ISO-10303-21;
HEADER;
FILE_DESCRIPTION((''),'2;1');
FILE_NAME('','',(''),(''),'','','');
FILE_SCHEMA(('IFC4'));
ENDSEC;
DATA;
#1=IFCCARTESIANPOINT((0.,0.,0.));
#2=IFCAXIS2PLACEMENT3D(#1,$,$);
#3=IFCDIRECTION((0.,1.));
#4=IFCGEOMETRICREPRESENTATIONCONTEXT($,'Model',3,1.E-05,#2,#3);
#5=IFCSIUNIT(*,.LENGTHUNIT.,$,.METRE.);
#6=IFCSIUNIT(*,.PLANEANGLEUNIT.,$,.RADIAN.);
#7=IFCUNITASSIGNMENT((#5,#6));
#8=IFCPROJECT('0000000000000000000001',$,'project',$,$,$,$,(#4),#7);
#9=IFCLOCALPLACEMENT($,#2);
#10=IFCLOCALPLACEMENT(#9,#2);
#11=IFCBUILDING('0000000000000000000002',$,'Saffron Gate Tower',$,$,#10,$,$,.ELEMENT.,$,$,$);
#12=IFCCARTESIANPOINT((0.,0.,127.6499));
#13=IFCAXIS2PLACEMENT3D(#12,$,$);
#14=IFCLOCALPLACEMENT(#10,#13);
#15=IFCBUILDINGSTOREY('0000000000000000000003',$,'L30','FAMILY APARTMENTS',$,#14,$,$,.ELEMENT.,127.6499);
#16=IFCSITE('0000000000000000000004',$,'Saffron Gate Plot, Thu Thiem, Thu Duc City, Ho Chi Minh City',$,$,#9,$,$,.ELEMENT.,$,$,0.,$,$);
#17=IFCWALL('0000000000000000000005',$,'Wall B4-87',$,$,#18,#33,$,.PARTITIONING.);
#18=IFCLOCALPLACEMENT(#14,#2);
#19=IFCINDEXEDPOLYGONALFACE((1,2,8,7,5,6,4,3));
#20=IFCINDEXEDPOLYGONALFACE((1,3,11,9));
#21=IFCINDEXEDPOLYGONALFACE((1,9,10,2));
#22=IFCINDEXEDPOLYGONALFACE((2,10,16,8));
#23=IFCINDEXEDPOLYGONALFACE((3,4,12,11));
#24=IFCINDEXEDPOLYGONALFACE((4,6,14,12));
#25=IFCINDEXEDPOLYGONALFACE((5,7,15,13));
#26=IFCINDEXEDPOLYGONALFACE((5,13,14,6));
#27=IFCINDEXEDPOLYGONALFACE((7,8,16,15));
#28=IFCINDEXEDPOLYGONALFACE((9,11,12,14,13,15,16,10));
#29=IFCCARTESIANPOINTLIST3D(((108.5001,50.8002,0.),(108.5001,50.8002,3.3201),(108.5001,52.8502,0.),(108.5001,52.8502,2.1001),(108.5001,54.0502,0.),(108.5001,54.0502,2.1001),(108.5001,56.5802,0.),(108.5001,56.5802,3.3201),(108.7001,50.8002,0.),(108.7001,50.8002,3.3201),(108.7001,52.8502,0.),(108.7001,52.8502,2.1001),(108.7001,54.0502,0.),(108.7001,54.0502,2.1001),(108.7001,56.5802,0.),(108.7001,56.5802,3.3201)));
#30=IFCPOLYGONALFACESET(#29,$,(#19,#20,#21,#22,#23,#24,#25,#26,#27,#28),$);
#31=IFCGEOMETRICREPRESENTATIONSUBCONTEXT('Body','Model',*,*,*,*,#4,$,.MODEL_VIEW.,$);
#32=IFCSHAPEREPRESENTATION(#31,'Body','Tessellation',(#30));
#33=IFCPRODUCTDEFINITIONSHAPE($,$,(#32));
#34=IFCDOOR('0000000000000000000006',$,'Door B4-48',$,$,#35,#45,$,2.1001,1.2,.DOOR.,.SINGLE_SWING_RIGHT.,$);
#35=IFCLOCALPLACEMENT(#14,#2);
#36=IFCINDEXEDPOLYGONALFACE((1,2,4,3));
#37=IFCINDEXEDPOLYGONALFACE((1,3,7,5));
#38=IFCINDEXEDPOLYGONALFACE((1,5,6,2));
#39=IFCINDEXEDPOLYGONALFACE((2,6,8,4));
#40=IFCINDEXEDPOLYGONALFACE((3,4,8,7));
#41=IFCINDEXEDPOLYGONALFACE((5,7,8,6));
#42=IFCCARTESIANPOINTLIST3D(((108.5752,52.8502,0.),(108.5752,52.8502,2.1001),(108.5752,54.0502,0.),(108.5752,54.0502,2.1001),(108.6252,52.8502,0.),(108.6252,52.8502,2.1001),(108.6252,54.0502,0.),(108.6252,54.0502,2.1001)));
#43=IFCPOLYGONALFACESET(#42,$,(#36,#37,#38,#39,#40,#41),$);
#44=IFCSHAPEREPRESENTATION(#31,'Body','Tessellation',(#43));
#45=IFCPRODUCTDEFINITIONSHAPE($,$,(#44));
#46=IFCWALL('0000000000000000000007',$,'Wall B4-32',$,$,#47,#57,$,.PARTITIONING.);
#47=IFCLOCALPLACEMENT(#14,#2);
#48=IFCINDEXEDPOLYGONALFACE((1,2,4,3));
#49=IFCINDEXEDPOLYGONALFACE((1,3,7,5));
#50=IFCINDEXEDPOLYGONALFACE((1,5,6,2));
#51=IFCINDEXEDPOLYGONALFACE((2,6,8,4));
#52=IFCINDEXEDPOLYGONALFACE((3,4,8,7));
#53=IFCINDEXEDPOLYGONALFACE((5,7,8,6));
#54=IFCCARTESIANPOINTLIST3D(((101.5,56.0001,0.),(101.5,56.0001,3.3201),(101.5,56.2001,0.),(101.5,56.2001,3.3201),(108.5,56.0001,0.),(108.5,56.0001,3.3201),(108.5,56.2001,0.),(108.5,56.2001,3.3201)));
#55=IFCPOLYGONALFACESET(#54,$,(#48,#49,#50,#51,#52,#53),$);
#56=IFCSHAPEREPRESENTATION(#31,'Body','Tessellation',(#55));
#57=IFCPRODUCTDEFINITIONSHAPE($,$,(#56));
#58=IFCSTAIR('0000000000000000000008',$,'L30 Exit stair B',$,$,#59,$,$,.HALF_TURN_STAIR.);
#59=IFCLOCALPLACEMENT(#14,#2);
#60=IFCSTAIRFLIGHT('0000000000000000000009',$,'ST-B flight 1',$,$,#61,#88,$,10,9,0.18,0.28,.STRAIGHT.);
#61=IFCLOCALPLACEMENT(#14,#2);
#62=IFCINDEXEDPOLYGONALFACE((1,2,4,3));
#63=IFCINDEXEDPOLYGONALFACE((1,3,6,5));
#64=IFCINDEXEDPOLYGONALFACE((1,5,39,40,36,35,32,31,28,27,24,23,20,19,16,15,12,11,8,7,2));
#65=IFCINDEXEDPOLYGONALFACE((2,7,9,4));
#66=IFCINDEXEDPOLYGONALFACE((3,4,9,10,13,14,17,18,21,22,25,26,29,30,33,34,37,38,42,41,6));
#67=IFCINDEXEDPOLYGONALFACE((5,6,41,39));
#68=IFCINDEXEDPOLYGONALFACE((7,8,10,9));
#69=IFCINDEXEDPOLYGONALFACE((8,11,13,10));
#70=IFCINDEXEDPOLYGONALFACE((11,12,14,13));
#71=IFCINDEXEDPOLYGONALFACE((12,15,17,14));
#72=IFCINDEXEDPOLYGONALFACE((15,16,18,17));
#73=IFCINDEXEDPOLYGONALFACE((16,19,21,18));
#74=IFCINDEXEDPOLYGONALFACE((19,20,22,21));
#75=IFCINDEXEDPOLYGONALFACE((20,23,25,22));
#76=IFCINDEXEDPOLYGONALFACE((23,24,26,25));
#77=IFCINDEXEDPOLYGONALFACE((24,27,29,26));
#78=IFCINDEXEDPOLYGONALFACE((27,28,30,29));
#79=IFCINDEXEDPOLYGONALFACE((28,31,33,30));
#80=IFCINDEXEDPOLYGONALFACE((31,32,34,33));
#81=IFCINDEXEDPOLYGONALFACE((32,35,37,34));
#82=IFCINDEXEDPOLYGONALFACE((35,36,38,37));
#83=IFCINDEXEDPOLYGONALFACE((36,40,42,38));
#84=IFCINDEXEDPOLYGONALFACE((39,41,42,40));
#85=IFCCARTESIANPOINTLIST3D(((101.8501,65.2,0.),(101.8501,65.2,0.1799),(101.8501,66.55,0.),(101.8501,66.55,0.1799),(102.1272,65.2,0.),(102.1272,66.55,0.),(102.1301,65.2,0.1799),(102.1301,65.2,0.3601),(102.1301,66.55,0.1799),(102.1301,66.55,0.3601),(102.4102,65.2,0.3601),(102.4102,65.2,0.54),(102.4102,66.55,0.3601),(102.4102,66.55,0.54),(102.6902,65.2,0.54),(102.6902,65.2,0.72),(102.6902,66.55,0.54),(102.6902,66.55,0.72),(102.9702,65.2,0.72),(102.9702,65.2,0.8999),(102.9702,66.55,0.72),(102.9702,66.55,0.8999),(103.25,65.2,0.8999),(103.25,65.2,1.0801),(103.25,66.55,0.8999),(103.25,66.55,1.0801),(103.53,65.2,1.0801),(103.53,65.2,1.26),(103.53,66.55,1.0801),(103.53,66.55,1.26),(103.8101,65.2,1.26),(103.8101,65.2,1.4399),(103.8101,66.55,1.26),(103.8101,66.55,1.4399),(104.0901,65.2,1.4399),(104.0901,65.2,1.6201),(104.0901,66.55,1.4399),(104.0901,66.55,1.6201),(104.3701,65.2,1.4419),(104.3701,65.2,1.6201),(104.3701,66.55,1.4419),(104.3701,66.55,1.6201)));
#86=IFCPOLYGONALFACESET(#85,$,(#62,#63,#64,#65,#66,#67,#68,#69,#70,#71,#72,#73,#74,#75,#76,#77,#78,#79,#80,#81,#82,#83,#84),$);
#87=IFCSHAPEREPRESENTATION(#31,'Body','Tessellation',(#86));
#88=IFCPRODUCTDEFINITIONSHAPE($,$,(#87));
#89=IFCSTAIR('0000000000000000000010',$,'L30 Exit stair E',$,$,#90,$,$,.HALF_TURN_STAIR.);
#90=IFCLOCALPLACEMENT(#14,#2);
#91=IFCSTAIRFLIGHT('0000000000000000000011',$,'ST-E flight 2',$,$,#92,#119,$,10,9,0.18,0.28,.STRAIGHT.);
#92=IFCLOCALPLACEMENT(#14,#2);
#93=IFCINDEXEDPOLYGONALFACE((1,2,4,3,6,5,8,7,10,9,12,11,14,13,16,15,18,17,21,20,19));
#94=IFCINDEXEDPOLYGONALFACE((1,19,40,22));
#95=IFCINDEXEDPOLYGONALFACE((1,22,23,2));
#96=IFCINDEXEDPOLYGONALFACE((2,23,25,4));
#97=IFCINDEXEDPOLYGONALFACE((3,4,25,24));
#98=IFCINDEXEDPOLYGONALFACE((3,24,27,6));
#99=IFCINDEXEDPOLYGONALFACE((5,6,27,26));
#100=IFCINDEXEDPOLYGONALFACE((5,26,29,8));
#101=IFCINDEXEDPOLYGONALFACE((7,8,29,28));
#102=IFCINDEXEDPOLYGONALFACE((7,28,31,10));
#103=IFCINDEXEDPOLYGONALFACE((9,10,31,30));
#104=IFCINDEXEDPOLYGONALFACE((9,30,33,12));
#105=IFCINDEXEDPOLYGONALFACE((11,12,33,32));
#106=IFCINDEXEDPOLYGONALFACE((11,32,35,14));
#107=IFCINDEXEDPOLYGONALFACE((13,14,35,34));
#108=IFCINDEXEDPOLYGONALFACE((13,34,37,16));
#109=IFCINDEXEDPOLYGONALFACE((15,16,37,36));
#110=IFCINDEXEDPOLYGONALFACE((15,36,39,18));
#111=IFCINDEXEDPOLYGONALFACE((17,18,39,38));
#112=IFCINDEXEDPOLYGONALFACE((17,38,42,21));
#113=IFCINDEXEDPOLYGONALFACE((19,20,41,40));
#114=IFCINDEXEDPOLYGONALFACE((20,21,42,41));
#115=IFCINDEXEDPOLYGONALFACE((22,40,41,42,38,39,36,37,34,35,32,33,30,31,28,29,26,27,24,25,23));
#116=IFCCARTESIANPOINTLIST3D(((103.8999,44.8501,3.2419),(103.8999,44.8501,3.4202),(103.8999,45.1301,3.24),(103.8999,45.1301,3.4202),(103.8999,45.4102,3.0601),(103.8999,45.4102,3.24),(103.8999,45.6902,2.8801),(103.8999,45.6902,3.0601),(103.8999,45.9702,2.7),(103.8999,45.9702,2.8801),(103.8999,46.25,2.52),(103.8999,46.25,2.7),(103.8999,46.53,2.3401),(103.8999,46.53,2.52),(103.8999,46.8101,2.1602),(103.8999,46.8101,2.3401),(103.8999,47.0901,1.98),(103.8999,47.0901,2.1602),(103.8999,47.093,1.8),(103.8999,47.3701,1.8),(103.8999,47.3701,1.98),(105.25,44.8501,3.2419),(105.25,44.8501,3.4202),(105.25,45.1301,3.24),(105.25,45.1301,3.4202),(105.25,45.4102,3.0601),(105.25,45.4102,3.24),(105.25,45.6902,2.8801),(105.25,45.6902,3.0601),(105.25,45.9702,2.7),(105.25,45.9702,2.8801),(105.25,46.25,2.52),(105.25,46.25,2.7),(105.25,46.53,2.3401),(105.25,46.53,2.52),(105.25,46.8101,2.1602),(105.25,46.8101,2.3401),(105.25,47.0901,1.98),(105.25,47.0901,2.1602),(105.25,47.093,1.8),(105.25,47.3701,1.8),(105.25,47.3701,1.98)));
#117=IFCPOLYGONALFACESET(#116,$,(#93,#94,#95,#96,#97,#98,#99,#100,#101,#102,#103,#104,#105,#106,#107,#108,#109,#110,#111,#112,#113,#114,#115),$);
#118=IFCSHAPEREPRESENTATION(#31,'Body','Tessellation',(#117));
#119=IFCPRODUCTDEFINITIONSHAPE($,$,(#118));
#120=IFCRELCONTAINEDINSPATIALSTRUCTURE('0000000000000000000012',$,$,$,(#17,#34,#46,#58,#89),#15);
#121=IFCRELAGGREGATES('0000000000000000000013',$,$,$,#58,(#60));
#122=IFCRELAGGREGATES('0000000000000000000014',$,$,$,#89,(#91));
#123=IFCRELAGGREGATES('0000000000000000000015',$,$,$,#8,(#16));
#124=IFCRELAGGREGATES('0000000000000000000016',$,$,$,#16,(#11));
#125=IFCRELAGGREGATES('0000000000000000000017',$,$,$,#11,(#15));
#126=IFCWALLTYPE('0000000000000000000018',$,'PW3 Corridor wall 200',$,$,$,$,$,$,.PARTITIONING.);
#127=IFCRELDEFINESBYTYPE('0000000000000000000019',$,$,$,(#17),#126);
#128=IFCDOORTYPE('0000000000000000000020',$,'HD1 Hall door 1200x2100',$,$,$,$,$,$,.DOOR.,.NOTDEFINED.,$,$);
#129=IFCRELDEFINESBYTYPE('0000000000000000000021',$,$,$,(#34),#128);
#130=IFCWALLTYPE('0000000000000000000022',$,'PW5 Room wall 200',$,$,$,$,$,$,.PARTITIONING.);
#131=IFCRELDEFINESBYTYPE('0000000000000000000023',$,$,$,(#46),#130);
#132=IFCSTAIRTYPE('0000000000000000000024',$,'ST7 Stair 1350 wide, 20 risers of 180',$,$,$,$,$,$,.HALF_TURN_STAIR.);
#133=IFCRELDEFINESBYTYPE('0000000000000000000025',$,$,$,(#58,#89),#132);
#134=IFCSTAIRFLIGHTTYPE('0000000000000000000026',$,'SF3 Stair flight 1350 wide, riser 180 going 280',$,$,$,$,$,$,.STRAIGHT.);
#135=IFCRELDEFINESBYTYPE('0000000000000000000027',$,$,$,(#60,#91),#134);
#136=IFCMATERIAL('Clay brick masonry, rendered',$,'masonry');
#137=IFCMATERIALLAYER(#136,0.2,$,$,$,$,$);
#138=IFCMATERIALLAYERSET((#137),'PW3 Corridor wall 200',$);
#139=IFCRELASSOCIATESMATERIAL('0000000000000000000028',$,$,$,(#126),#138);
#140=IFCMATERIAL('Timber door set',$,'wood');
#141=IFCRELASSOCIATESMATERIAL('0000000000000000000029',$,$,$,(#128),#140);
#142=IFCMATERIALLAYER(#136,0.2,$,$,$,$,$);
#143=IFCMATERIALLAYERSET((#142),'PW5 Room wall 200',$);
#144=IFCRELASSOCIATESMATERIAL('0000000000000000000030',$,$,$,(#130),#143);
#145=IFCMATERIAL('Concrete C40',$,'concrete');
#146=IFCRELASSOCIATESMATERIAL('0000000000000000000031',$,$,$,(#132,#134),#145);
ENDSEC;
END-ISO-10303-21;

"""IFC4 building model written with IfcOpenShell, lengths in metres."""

from ifc_helpers import new_model, si_unit, direction, frame, frame_2d, origin, place, context, subcontext, project, spatial, polyline, rectangle, outline, extrude, material, layer, layer_set, type_object, element, fill, aggregate, save


model = new_model("IFC4")

# Units and contexts
model_context = context("Model", 3, precision=1e-05, world=origin(), true_north=direction((0.0, 1.0)))
body_context = subcontext(model_context, "Body", "Model", "MODEL_VIEW")
ifc_project = project(units=[si_unit("LENGTHUNIT", "METRE"), si_unit("PLANEANGLEUNIT", "RADIAN")], contexts=[model_context])

# Site, building, storey
site_placement = place(None, origin())
site = spatial("IfcSite", under=ifc_project, at=site_placement, Name="Saffron Gate Plot, Thu Thiem, Thu Duc City, Ho Chi Minh City", CompositionType="ELEMENT", RefElevation=0.0)
building_placement = place(site_placement, origin())
building = spatial("IfcBuilding", under=site, at=building_placement, Name="Saffron Gate Tower", CompositionType="ELEMENT")
storey_placement = place(building_placement, frame((0.0, 0.0, 127.6499)))
storey = spatial("IfcBuildingStorey", under=building, at=storey_placement, Name="L30", Description="FAMILY APARTMENTS", CompositionType="ELEMENT", Elevation=127.6499)

# Shared definitions
ifc_material_1 = material(Name="Clay brick masonry, rendered", Category="masonry")
ifc_layer_1 = layer(ifc_material_1, 0.2)
ifc_layer_set_1 = layer_set([ifc_layer_1], Name="PW3 Corridor wall 200")
wall_type_1 = type_object("IfcWallType", Name="PW3 Corridor wall 200", PredefinedType="PARTITIONING", material=ifc_layer_set_1)

# Wall, opening, door
wall_1_placement = place(storey_placement, frame((108.6001, 50.8, 0.0), z_axis=(0.0, 0.0, 1.0), x_axis=(0.0, 1.0, 0.0)))
wall_1 = element("IfcWall", 1, at=wall_1_placement, inside=storey, type_object=wall_type_1, Name="Wall B4-87", PredefinedType="PARTITIONING", context=body_context, shape_type="SweptSolid", body=[
    extrude(rectangle(XDim=5.78, YDim=0.2, at=frame_2d((2.8901, 0.0))), origin(), (0.0, 0.0, 1.0), 3.3201),
])
opening_1_placement = place(wall_1_placement, frame((2.05, 0.0, 0.0)))
opening_1 = element("IfcOpeningElement", 2, at=opening_1_placement, cuts=wall_1, PredefinedType="OPENING", context=body_context, shape_type="SweptSolid", body=[
    extrude(rectangle(XDim=1.2, YDim=2.1001, at=frame_2d((0.6001, 1.05))), frame((0.0, 0.1099, 0.0), z_axis=(0.0, -1.0, 0.0), x_axis=(1.0, 0.0, 0.0)), (0.0, 0.0, 1.0), 0.22),
])
ifc_material_2 = material(Name="Timber door set", Category="wood")
door_type_1 = type_object("IfcDoorType", Name="HD1 Hall door 1200x2100", OperationType="NOTDEFINED", PredefinedType="DOOR", material=ifc_material_2)
door_1_placement = place(opening_1_placement, origin())
door_1 = element("IfcDoor", 3, at=door_1_placement, inside=storey, type_object=door_type_1, Name="Door B4-48", OperationType="SINGLE_SWING_RIGHT", OverallHeight=2.1001, OverallWidth=1.2, PredefinedType="DOOR", context=body_context, shape_type="SweptSolid", body=[
    extrude(rectangle(XDim=1.2, YDim=2.1001, at=frame_2d((0.6001, 1.05))), frame((0.0, 0.0249, 0.0), z_axis=(0.0, -1.0, 0.0), x_axis=(1.0, 0.0, 0.0)), (0.0, 0.0, 1.0), 0.05),
])
fill(opening_1, door_1)

# Wall
ifc_layer_2 = layer(ifc_material_1, 0.2)
ifc_layer_set_2 = layer_set([ifc_layer_2], Name="PW5 Room wall 200")
wall_type_2 = type_object("IfcWallType", Name="PW5 Room wall 200", PredefinedType="PARTITIONING", material=ifc_layer_set_2)
wall_2_placement = place(storey_placement, frame((101.5, 56.1001, 0.0), z_axis=(0.0, 0.0, 1.0), x_axis=(1.0, 0.0, 0.0)))
element("IfcWall", 4, at=wall_2_placement, inside=storey, type_object=wall_type_2, Name="Wall B4-32", PredefinedType="PARTITIONING", context=body_context, shape_type="SweptSolid", body=[
    extrude(rectangle(XDim=7.0, YDim=0.2, at=frame_2d((3.5, 0.0))), origin(), (0.0, 0.0, 1.0), 3.3201),
])

# Stairs, stair flights
ifc_material_3 = material(Name="Concrete C40", Category="concrete")
stair_type = type_object("IfcStairType", Name="ST7 Stair 1350 wide, 20 risers of 180", PredefinedType="HALF_TURN_STAIR", material=ifc_material_3)
stair_1_placement = place(storey_placement, origin())
stair_1 = element("IfcStair", 5, at=stair_1_placement, inside=storey, type_object=stair_type, Name="L30 Exit stair B", PredefinedType="HALF_TURN_STAIR")
stair_flight_type = type_object("IfcStairFlightType", Name="SF3 Stair flight 1350 wide, riser 180 going 280", PredefinedType="STRAIGHT", material=ifc_material_3)
stair_flight_1_placement = place(storey_placement, frame((101.8501, 65.875, 0.0), z_axis=(0.0, 0.0, 1.0), x_axis=(1.0, 0.0, 0.0)))
stair_flight_1 = element("IfcStairFlight", 6, at=stair_flight_1_placement, type_object=stair_flight_type, Name="ST-B flight 1", NumberOfRisers=10, NumberOfTreads=9, PredefinedType="STRAIGHT", RiserHeight=0.18, TreadLength=0.28, context=body_context, shape_type="SweptSolid", body=[
    extrude(outline(polyline([(0.0, 0.0), (0.0, 0.1799), (0.28, 0.1799), (0.28, 0.3601), (0.5601, 0.3601), (0.5601, 0.54), (0.8401, 0.54), (0.8401, 0.72), (1.1201, 0.72), (1.1201, 0.8999), (1.3999, 0.8999), (1.3999, 1.0801), (1.6799, 1.0801), (1.6799, 1.26), (1.96, 1.26), (1.96, 1.4399), (2.24, 1.4399), (2.24, 1.6201), (2.52, 1.6201), (2.52, 1.8), (2.52, 1.4419), (0.2771, 0.0), (0.0, 0.0)])), frame((0.0, 0.675, 0.0), z_axis=(0.0, -1.0, 0.0), x_axis=(1.0, 0.0, 0.0)), (0.0, 0.0, 1.0), 1.3501),
])
aggregate(stair_1, [stair_flight_1])
stair_2_placement = place(storey_placement, origin())
stair_2 = element("IfcStair", 7, at=stair_2_placement, inside=storey, type_object=stair_type, Name="L30 Exit stair E", PredefinedType="HALF_TURN_STAIR")
stair_flight_2_placement = place(storey_placement, frame((104.575, 47.3701, 1.8), z_axis=(0.0, 0.0, 1.0), x_axis=(0.0, -1.0, 0.0)))
stair_flight_2 = element("IfcStairFlight", 8, at=stair_flight_2_placement, type_object=stair_flight_type, Name="ST-E flight 2", NumberOfRisers=10, NumberOfTreads=9, PredefinedType="STRAIGHT", RiserHeight=0.18, TreadLength=0.28, context=body_context, shape_type="SweptSolid", body=[
    extrude(outline(polyline([(0.0, 0.0), (0.0, 0.1799), (0.28, 0.1799), (0.28, 0.3601), (0.5601, 0.3601), (0.5601, 0.54), (0.8401, 0.54), (0.8401, 0.72), (1.1201, 0.72), (1.1201, 0.8999), (1.3999, 0.8999), (1.3999, 1.0801), (1.6799, 1.0801), (1.6799, 1.26), (1.96, 1.26), (1.96, 1.4399), (2.24, 1.4399), (2.24, 1.6201), (2.52, 1.6201), (2.52, 1.8), (2.52, 1.4419), (0.2771, 0.0), (0.0, 0.0)])), frame((0.0, 0.675, 0.0), z_axis=(0.0, -1.0, 0.0), x_axis=(1.0, 0.0, 0.0)), (0.0, 0.0, 1.0), 1.3501),
])
aggregate(stair_2, [stair_flight_2])

save(model, "model.ifc")
